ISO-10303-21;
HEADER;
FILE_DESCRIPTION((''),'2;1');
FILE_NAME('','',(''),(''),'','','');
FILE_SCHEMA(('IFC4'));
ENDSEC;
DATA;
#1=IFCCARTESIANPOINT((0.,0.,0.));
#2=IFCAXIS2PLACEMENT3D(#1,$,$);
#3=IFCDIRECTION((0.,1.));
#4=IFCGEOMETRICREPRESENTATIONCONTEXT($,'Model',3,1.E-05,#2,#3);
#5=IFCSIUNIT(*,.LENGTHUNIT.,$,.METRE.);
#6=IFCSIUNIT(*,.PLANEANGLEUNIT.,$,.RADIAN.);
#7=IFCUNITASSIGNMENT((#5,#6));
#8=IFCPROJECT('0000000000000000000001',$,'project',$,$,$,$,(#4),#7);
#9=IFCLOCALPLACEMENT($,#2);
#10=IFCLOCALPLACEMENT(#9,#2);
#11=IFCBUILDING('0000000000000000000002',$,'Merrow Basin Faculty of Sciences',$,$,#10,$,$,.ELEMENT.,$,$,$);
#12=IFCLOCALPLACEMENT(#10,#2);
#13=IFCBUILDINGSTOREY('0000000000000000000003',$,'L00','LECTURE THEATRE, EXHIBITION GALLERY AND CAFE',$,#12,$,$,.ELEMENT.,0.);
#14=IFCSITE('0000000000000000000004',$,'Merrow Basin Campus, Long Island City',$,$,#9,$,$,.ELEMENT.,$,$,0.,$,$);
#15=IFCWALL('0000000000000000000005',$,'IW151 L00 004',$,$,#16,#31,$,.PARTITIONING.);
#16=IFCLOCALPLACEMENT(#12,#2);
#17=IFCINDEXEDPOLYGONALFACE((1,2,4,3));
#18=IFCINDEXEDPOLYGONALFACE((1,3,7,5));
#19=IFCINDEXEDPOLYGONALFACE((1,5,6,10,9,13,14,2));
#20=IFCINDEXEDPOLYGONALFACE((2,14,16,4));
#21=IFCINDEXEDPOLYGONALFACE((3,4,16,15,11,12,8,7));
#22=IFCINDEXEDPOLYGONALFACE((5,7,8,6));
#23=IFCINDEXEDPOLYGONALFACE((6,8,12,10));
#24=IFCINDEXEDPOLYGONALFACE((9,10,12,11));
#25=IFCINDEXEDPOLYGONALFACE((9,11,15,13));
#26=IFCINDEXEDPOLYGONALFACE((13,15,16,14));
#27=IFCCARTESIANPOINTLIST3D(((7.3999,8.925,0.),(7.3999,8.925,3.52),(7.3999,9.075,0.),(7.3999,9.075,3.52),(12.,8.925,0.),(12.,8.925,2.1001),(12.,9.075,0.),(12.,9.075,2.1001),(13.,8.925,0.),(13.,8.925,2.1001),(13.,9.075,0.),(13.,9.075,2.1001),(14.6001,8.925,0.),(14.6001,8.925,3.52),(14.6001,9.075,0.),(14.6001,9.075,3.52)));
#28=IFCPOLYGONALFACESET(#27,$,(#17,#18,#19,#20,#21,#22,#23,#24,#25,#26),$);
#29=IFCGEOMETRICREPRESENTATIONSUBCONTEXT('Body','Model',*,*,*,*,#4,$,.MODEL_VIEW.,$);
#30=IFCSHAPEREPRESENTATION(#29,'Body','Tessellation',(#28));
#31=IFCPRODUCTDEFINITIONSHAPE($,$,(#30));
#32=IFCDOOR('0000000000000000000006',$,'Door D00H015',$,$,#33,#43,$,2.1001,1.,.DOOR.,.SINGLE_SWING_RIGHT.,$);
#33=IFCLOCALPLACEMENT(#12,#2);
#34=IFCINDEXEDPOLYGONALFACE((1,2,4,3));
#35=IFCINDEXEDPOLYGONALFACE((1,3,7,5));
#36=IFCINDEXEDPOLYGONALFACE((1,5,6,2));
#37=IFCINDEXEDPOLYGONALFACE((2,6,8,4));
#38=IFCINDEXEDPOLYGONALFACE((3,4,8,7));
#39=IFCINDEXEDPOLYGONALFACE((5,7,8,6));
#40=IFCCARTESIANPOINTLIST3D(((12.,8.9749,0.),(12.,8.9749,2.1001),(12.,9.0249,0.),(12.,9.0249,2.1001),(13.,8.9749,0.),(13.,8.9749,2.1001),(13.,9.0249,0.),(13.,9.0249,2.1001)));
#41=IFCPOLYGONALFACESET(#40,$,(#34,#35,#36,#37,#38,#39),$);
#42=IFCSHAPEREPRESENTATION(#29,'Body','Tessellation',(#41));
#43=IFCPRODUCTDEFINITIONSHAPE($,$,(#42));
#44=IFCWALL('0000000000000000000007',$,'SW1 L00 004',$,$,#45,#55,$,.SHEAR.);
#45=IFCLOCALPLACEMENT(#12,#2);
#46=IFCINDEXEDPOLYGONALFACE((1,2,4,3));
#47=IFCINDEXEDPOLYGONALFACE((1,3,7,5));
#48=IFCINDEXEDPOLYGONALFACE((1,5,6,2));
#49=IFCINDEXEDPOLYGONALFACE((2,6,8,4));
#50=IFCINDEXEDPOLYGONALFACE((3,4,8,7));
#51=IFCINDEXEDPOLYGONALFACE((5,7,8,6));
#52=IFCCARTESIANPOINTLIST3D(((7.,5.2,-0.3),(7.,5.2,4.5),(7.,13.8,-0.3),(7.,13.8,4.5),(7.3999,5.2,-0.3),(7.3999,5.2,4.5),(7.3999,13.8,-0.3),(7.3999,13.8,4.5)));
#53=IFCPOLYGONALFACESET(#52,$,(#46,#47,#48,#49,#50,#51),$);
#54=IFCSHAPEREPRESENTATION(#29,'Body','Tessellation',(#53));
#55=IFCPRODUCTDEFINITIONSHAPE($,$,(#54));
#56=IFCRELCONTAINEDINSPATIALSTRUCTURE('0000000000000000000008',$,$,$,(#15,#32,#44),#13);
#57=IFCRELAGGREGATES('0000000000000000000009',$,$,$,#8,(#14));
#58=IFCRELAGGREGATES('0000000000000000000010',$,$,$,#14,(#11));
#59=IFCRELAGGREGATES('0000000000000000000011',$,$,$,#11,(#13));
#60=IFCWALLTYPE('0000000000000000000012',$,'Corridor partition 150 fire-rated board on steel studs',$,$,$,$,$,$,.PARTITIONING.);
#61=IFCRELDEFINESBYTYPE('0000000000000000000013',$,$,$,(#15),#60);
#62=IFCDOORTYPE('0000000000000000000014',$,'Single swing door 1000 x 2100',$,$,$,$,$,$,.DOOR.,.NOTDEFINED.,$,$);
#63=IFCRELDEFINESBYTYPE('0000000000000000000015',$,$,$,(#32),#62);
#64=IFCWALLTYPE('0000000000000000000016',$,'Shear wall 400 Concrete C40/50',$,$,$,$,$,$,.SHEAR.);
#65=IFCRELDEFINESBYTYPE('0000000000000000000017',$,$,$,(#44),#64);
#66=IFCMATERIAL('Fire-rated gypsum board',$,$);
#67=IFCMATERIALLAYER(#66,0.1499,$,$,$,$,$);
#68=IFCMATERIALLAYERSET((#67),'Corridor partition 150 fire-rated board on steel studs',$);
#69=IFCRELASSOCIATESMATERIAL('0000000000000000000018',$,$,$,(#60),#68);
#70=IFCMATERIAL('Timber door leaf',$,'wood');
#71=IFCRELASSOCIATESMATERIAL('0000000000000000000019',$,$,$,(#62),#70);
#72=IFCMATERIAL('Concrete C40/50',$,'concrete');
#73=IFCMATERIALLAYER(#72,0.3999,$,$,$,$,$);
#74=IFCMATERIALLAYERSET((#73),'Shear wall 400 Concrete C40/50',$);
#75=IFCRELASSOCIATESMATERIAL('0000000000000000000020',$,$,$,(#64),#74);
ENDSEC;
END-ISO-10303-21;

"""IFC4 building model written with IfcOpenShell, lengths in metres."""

from ifc_helpers import new_model, si_unit, direction, frame, frame_2d, origin, place, context, subcontext, project, spatial, rectangle, extrude, material, layer, layer_set, type_object, element, fill, save


model = new_model("IFC4")

# Units and contexts
model_context = context("Model", 3, precision=1e-05, world=origin(), true_north=direction((0.0, 1.0)))
body_context = subcontext(model_context, "Body", "Model", "MODEL_VIEW")
ifc_project = project(units=[si_unit("LENGTHUNIT", "METRE"), si_unit("PLANEANGLEUNIT", "RADIAN")], contexts=[model_context])

# Site, building, storey
site_placement = place(None, origin())
site = spatial("IfcSite", under=ifc_project, at=site_placement, Name="Merrow Basin Campus, Long Island City", CompositionType="ELEMENT", RefElevation=0.0)
building_placement = place(site_placement, origin())
building = spatial("IfcBuilding", under=site, at=building_placement, Name="Merrow Basin Faculty of Sciences", CompositionType="ELEMENT")
storey_placement = place(building_placement, origin())
storey = spatial("IfcBuildingStorey", under=building, at=storey_placement, Name="L00", Description="LECTURE THEATRE, EXHIBITION GALLERY AND CAFE", CompositionType="ELEMENT", Elevation=0.0)

# Wall, opening, door
ifc_material_1 = material(Name="Fire-rated gypsum board")
ifc_layer_1 = layer(ifc_material_1, 0.1499)
ifc_layer_set_1 = layer_set([ifc_layer_1], Name="Corridor partition 150 fire-rated board on steel studs")
wall_type_1 = type_object("IfcWallType", Name="Corridor partition 150 fire-rated board on steel studs", PredefinedType="PARTITIONING", material=ifc_layer_set_1)
wall_1_placement = place(storey_placement, frame((7.3999, 9.0, 0.0), z_axis=(0.0, 0.0, 1.0), x_axis=(1.0, 0.0, 0.0)))
wall_1 = element("IfcWall", 1, at=wall_1_placement, inside=storey, type_object=wall_type_1, Name="IW151 L00 004", PredefinedType="PARTITIONING", context=body_context, shape_type="SweptSolid", body=[
    extrude(rectangle(XDim=7.2002, YDim=0.1499, at=frame_2d((3.6001, 0.0))), origin(), (0.0, 0.0, 1.0), 3.52),
])
opening_placement = place(wall_1_placement, frame((4.6001, 0.0, 0.0)))
opening = element("IfcOpeningElement", 2, at=opening_placement, cuts=wall_1, PredefinedType="OPENING", context=body_context, shape_type="SweptSolid", body=[
    extrude(rectangle(XDim=1.0, YDim=2.1001, at=frame_2d((0.5, 1.05))), frame((0.0, 0.085, 0.0), z_axis=(0.0, -1.0, 0.0), x_axis=(1.0, 0.0, 0.0)), (0.0, 0.0, 1.0), 0.1699),
])
ifc_material_2 = material(Name="Timber door leaf", Category="wood")
door_type = type_object("IfcDoorType", Name="Single swing door 1000 x 2100", OperationType="NOTDEFINED", PredefinedType="DOOR", material=ifc_material_2)
door_placement = place(opening_placement, origin())
door = element("IfcDoor", 3, at=door_placement, inside=storey, type_object=door_type, Name="Door D00H015", OperationType="SINGLE_SWING_RIGHT", OverallHeight=2.1001, OverallWidth=1.0, PredefinedType="DOOR", context=body_context, shape_type="SweptSolid", body=[
    extrude(rectangle(XDim=1.0, YDim=2.1001, at=frame_2d((0.5, 1.05))), frame((0.0, 0.0249, 0.0), z_axis=(0.0, -1.0, 0.0), x_axis=(1.0, 0.0, 0.0)), (0.0, 0.0, 1.0), 0.05),
])
fill(opening, door)

# Wall
ifc_material_3 = material(Name="Concrete C40/50", Category="concrete")
ifc_layer_2 = layer(ifc_material_3, 0.3999)
ifc_layer_set_2 = layer_set([ifc_layer_2], Name="Shear wall 400 Concrete C40/50")
wall_type_2 = type_object("IfcWallType", Name="Shear wall 400 Concrete C40/50", PredefinedType="SHEAR", material=ifc_layer_set_2)
wall_2_placement = place(storey_placement, frame((7.2, 5.2, -0.3), z_axis=(0.0, 0.0, 1.0), x_axis=(0.0, 1.0, 0.0)))
element("IfcWall", 4, at=wall_2_placement, inside=storey, type_object=wall_type_2, Name="SW1 L00 004", PredefinedType="SHEAR", context=body_context, shape_type="SweptSolid", body=[
    extrude(rectangle(XDim=8.6001, YDim=0.3999, at=frame_2d((4.3, 0.0))), origin(), (0.0, 0.0, 1.0), 4.8),
])

save(model, "model.ifc")
